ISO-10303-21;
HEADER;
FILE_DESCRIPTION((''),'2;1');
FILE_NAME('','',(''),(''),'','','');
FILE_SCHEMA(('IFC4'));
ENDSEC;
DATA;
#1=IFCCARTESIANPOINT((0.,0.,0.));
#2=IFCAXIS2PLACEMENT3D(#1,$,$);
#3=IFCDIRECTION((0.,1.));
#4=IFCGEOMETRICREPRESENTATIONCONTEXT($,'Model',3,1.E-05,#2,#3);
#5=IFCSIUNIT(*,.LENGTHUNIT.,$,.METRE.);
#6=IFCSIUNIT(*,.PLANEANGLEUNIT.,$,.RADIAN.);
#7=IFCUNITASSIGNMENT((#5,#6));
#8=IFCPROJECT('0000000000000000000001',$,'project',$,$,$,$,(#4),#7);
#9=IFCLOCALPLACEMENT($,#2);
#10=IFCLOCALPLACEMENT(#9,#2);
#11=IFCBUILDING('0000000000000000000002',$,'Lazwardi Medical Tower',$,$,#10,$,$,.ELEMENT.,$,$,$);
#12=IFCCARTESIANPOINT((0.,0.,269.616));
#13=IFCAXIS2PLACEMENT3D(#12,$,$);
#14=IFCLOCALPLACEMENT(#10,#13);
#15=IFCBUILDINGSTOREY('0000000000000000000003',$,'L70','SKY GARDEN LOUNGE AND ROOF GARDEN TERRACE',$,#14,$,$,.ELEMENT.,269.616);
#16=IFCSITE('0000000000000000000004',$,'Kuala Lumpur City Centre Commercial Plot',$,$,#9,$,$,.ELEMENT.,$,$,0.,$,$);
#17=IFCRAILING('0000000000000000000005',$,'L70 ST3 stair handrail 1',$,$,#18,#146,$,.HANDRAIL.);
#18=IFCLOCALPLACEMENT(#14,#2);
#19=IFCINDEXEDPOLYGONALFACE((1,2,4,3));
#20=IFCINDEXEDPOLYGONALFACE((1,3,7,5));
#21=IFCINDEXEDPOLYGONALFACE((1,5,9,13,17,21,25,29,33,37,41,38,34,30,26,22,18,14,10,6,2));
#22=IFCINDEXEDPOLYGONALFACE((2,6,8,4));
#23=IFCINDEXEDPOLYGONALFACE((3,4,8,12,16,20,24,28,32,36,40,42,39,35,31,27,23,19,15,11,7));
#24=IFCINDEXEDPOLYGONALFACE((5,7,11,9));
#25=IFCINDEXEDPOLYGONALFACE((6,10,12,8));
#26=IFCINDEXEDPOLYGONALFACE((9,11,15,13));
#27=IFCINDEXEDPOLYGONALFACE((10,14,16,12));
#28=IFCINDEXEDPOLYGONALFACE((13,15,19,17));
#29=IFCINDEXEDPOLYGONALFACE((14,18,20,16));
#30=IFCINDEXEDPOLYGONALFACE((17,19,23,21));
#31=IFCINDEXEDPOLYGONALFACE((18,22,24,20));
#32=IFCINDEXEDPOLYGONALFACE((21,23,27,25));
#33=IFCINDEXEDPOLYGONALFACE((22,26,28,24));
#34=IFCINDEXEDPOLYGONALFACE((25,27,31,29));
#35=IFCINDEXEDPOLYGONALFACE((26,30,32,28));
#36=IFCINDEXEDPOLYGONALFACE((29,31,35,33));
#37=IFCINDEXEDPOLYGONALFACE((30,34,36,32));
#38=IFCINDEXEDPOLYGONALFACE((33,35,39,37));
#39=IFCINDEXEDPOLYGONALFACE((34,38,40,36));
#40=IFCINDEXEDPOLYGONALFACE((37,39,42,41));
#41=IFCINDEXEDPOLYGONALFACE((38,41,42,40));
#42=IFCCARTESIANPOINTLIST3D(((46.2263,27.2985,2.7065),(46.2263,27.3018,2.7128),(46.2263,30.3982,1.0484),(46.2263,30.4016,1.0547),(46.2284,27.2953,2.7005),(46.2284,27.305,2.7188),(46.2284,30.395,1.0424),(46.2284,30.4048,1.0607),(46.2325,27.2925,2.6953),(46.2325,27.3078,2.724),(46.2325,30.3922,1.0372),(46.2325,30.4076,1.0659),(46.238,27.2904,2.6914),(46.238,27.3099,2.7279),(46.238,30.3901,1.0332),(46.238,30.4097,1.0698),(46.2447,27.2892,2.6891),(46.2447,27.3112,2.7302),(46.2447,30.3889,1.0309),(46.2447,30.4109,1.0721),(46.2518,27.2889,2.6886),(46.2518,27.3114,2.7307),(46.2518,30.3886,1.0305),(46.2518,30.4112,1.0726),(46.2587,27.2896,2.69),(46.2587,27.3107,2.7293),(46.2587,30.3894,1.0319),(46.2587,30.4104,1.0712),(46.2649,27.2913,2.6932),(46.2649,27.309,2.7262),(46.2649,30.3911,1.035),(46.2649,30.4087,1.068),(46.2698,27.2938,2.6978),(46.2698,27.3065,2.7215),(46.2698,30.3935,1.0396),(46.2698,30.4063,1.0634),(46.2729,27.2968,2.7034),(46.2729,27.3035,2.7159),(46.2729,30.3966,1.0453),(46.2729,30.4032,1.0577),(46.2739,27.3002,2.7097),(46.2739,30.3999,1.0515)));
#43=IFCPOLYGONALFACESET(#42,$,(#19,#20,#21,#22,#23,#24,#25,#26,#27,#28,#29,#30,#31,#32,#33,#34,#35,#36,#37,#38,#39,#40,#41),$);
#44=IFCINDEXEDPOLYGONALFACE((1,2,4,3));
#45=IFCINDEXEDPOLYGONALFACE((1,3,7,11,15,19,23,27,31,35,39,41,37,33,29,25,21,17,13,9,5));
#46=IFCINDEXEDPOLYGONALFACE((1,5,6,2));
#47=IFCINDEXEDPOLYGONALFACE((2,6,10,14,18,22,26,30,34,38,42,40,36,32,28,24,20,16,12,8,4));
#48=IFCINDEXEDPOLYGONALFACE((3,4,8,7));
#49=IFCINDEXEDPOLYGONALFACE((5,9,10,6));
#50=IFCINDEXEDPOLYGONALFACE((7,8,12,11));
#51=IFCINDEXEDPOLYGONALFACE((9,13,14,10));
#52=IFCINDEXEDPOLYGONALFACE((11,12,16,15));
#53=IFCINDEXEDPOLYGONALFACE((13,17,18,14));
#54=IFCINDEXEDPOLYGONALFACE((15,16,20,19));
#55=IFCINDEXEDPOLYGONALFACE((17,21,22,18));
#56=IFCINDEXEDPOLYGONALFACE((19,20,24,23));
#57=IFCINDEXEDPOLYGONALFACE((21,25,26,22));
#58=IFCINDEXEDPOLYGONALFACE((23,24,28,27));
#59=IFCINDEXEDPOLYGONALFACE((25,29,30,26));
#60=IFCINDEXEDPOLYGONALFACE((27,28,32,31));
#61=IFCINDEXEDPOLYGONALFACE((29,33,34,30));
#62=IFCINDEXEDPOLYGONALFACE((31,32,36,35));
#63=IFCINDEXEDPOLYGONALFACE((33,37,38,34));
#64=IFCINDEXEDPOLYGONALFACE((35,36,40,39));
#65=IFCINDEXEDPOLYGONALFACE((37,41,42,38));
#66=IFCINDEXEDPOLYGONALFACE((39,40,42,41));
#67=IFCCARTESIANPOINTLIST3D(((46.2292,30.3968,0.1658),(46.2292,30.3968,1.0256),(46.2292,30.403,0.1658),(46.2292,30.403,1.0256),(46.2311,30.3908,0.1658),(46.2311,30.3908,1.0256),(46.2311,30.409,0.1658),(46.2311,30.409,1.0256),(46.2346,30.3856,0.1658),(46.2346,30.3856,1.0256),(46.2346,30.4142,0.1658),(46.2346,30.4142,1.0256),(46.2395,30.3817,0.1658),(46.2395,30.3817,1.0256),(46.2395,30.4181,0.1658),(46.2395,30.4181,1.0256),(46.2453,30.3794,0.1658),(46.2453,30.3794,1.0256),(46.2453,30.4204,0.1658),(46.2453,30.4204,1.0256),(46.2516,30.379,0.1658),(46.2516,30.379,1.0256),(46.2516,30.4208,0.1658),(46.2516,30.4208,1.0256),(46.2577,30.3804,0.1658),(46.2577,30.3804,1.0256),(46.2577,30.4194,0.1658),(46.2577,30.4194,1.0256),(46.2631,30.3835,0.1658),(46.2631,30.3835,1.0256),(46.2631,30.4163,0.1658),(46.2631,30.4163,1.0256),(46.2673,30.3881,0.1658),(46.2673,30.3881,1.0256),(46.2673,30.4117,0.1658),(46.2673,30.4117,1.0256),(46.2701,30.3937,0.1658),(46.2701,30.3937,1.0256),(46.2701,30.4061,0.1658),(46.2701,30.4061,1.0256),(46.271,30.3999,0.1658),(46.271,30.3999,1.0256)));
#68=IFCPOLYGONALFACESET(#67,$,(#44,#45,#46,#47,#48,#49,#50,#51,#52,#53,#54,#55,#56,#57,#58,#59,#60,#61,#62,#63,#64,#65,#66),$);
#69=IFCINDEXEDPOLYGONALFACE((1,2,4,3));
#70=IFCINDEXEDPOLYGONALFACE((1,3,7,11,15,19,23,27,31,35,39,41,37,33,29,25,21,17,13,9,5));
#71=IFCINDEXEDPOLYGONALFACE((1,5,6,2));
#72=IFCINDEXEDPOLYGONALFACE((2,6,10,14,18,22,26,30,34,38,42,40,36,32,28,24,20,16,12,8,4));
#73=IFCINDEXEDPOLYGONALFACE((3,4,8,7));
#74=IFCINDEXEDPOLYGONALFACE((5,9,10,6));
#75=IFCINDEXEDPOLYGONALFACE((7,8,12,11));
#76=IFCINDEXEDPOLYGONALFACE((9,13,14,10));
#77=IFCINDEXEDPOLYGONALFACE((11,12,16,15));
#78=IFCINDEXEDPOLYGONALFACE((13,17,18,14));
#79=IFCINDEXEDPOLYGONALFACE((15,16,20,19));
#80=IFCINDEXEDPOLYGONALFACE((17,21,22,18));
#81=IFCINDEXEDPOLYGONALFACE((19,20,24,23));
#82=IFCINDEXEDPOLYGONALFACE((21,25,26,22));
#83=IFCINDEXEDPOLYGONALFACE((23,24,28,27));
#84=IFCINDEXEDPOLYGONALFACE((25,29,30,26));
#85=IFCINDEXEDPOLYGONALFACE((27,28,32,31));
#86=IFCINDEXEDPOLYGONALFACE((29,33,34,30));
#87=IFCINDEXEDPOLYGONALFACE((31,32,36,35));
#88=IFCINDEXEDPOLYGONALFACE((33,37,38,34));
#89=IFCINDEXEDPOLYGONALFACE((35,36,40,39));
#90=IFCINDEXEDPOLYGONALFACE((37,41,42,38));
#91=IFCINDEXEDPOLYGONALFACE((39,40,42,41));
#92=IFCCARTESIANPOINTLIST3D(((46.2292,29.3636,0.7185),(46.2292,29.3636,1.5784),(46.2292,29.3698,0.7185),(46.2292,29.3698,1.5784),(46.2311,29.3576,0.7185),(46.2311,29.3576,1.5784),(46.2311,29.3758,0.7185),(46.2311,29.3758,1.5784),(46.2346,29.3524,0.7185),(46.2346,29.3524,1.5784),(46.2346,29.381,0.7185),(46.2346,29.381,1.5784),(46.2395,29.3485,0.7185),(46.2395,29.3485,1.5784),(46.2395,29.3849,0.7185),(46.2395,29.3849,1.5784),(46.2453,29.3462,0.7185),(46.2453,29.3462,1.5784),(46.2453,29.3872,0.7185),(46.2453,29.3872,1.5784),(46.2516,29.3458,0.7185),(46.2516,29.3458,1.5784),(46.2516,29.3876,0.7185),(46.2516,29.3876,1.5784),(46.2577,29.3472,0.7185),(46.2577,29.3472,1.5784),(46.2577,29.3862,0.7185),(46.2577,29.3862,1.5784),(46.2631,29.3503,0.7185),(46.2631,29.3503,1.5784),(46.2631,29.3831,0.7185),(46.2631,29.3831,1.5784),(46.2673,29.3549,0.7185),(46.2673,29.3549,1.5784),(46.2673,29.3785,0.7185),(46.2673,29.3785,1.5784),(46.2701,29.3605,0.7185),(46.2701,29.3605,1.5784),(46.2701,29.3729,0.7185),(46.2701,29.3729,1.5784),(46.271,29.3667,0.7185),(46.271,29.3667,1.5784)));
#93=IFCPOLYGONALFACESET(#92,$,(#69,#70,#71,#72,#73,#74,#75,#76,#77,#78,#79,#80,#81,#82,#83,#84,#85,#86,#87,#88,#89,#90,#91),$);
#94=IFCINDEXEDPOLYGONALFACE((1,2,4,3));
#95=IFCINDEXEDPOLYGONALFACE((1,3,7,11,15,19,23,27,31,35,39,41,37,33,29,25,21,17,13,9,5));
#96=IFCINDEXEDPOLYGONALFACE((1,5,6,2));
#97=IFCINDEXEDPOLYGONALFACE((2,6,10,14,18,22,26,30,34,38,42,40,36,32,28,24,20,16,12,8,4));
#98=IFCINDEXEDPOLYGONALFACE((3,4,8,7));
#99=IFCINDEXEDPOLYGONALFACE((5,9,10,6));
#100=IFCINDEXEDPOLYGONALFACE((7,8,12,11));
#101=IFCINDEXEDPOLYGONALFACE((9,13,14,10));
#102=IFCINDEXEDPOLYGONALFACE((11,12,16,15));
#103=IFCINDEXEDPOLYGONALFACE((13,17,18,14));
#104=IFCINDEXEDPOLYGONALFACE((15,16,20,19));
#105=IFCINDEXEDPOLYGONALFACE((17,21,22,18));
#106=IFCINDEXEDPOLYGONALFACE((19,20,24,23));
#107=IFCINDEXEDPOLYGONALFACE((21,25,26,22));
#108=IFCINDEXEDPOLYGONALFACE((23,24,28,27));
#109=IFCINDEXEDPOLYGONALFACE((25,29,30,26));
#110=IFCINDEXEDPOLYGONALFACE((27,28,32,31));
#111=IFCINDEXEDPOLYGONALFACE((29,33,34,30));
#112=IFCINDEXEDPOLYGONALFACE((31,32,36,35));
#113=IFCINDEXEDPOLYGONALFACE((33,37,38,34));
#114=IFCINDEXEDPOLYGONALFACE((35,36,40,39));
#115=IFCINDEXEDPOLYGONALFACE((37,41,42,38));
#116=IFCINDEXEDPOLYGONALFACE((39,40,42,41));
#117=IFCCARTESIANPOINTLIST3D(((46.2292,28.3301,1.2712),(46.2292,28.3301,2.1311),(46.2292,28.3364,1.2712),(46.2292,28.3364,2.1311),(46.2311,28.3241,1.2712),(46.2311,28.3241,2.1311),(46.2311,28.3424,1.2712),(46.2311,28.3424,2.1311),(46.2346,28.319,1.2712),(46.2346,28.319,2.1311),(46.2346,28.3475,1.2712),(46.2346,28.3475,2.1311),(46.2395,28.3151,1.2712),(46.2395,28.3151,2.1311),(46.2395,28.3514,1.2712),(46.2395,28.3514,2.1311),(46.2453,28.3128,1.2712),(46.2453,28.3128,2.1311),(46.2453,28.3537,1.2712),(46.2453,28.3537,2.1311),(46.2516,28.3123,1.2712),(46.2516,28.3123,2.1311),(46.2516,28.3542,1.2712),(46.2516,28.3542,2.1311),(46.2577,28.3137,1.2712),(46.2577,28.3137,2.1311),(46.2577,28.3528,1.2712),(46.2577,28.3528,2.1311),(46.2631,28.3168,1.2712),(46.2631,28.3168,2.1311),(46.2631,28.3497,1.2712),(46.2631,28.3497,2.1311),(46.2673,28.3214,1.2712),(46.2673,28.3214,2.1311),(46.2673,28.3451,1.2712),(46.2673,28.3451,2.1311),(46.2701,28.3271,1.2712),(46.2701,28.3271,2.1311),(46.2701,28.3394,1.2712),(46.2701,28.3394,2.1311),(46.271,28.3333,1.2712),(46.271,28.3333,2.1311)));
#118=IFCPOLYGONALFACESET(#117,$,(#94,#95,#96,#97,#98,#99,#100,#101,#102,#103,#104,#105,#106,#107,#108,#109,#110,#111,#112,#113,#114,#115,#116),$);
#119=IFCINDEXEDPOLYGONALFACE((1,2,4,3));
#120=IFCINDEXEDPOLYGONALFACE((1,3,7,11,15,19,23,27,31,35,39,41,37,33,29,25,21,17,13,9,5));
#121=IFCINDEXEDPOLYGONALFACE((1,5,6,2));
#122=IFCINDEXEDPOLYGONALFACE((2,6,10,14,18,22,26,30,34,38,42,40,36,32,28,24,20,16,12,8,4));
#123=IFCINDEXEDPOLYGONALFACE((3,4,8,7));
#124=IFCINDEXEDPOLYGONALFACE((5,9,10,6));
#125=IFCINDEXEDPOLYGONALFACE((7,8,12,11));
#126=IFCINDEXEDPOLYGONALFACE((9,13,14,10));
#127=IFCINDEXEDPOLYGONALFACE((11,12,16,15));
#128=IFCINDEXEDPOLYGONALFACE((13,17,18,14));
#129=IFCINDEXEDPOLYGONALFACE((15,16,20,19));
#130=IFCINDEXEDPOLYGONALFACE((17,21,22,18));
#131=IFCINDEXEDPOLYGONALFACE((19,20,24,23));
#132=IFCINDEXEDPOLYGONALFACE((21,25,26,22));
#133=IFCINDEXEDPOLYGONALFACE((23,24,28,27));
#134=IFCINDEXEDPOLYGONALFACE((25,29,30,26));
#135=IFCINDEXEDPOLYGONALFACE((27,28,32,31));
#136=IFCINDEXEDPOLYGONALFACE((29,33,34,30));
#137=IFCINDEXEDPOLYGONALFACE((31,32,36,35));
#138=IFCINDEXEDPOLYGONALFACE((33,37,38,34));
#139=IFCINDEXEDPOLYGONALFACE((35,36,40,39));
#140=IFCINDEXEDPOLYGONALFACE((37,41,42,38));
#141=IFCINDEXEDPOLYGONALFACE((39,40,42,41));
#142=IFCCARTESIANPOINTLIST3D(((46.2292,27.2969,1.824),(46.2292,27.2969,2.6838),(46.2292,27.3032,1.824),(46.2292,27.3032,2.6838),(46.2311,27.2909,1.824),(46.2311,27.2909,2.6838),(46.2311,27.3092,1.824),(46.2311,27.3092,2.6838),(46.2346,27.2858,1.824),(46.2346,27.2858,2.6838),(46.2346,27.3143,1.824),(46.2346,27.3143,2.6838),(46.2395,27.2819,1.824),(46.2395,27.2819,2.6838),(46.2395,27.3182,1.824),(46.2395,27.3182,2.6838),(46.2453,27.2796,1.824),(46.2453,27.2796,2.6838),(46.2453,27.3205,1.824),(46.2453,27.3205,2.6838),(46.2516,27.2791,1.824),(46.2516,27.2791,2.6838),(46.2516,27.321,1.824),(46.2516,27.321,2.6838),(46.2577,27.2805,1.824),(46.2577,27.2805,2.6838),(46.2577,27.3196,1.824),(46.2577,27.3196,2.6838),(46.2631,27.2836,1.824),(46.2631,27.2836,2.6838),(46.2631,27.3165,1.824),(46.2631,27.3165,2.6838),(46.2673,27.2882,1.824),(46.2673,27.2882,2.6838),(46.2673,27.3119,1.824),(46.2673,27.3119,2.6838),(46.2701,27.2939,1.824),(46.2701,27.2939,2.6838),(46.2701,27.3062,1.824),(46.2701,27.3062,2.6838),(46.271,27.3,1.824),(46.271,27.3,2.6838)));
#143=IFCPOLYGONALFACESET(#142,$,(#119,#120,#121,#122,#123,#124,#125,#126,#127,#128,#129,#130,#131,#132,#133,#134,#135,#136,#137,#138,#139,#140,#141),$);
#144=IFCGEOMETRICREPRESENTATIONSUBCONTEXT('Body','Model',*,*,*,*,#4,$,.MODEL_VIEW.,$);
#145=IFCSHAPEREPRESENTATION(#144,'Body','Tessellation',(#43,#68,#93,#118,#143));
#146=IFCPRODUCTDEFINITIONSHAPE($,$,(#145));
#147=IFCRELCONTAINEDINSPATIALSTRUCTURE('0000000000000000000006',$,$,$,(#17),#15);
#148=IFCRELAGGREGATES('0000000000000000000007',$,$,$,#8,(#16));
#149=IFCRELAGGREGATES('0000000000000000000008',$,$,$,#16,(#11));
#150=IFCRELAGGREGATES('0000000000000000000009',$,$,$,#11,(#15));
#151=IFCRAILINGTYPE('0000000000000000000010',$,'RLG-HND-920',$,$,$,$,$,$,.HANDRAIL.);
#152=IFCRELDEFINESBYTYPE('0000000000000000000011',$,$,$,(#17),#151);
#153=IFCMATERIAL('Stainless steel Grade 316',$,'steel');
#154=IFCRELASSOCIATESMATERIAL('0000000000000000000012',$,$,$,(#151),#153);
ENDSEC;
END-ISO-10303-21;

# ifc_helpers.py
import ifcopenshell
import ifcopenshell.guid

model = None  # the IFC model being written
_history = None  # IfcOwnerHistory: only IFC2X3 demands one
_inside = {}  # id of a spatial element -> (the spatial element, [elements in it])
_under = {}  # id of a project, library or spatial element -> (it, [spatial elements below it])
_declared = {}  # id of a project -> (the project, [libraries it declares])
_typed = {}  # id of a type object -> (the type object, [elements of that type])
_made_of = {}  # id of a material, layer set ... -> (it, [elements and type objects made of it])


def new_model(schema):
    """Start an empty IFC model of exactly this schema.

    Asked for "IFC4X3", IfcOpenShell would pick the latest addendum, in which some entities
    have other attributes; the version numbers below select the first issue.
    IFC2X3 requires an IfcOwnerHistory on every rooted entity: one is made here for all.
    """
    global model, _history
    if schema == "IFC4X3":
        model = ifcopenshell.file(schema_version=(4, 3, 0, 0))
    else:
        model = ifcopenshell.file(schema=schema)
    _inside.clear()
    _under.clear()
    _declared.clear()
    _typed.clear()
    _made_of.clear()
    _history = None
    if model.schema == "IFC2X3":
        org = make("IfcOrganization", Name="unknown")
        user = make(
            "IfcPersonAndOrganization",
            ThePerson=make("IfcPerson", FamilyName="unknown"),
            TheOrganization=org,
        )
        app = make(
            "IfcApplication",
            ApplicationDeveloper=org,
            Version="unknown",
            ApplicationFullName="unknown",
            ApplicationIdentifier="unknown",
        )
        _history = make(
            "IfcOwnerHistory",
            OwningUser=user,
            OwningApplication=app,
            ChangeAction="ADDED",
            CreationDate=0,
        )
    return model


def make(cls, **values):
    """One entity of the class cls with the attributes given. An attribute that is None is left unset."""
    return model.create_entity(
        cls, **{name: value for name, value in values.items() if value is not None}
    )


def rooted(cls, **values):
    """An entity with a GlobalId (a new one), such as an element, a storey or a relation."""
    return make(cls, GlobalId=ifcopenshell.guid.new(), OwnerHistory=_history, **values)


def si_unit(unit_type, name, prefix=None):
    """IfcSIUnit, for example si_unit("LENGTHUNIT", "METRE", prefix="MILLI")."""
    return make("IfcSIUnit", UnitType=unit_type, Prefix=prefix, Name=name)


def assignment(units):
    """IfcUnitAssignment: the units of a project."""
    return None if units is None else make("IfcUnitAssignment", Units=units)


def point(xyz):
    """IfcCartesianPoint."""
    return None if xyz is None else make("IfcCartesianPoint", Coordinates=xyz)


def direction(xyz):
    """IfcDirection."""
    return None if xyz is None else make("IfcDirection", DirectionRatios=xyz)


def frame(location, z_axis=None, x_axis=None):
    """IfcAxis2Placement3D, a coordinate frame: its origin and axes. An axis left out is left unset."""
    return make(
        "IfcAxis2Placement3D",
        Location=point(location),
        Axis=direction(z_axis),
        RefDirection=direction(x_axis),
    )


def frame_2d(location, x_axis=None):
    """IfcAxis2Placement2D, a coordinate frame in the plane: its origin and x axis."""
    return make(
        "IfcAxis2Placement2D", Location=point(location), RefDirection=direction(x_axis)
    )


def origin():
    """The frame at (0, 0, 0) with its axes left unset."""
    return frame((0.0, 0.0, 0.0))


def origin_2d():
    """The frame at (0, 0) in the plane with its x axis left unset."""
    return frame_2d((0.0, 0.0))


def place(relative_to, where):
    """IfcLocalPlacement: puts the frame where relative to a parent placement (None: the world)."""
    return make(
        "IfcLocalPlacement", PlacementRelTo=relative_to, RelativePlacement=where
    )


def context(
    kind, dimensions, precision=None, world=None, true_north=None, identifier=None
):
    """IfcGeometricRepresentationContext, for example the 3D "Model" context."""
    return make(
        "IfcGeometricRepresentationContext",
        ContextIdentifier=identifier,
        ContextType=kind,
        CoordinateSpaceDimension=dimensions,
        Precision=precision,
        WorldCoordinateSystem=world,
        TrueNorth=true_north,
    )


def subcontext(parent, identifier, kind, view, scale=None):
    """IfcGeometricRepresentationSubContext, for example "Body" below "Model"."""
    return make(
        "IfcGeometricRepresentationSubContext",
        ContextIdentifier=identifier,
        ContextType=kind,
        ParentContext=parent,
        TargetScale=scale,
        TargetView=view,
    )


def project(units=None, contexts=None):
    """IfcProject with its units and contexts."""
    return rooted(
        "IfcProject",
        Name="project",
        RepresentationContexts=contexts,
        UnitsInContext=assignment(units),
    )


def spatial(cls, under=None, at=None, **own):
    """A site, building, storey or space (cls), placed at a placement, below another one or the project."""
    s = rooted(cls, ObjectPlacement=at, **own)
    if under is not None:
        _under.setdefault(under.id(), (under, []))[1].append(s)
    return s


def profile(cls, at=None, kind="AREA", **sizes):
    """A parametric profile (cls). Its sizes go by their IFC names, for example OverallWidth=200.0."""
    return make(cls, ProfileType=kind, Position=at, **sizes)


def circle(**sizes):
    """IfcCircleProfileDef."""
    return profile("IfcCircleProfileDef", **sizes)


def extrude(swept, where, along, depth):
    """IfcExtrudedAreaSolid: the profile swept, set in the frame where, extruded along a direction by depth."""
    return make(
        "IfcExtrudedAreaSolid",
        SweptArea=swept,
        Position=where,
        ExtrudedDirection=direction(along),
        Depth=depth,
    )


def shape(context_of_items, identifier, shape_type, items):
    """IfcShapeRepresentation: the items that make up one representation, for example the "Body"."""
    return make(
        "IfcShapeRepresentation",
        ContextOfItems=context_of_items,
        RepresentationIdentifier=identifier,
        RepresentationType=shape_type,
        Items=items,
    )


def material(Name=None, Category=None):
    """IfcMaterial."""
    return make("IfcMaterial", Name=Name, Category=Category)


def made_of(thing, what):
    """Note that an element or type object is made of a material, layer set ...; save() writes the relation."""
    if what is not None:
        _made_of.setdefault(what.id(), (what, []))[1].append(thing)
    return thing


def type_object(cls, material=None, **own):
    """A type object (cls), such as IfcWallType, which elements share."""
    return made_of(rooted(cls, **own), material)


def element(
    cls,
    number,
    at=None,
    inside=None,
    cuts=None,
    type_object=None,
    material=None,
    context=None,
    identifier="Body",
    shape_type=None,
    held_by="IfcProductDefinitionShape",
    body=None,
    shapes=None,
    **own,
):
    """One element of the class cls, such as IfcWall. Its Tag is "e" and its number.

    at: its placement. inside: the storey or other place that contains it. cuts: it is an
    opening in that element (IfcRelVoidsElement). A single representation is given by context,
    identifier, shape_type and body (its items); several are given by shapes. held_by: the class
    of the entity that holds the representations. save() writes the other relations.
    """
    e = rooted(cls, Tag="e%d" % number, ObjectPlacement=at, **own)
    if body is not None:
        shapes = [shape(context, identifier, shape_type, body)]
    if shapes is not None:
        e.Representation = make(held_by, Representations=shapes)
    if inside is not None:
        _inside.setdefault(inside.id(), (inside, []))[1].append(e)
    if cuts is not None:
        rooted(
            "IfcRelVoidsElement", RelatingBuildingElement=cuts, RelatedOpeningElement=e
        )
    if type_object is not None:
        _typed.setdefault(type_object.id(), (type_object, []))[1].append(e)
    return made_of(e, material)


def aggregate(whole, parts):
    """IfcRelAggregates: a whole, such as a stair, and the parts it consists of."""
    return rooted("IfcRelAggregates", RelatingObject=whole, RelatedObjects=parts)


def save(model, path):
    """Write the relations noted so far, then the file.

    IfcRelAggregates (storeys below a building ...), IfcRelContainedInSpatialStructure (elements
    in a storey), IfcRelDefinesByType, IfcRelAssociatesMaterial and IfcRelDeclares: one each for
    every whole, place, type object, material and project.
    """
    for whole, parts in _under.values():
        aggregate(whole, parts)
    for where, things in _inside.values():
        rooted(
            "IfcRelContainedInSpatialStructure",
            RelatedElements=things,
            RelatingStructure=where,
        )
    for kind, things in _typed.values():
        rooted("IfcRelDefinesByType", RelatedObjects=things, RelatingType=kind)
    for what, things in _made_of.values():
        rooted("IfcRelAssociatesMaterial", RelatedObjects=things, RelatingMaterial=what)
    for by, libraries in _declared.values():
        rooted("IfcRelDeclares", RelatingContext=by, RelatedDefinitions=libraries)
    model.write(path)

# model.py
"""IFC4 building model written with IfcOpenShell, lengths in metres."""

from ifc_helpers import new_model, si_unit, direction, frame, origin, origin_2d, place, context, subcontext, project, spatial, circle, extrude, material, type_object, element, save


model = new_model("IFC4")

# Units and contexts
model_context = context("Model", 3, precision=1e-05, world=origin(), true_north=direction((0.0, 1.0)))
body_context = subcontext(model_context, "Body", "Model", "MODEL_VIEW")
ifc_project = project(units=[si_unit("LENGTHUNIT", "METRE"), si_unit("PLANEANGLEUNIT", "RADIAN")], contexts=[model_context])

# Site, building, storey
site_placement = place(None, origin())
site = spatial("IfcSite", under=ifc_project, at=site_placement, Name="Kuala Lumpur City Centre Commercial Plot", CompositionType="ELEMENT", RefElevation=0.0)
building_placement = place(site_placement, origin())
building = spatial("IfcBuilding", under=site, at=building_placement, Name="Lazwardi Medical Tower", CompositionType="ELEMENT")
storey_placement = place(building_placement, frame((0.0, 0.0, 269.616)))
storey = spatial("IfcBuildingStorey", under=building, at=storey_placement, Name="L70", Description="SKY GARDEN LOUNGE AND ROOF GARDEN TERRACE", CompositionType="ELEMENT", Elevation=269.616)

# Railing
ifc_material_1 = material(Name="Stainless steel Grade 316", Category="steel")
railing_type = type_object("IfcRailingType", Name="RLG-HND-920", PredefinedType="HANDRAIL", material=ifc_material_1)
railing_1_placement = place(storey_placement, frame((46.25, 30.3999, 0.1658)))
element("IfcRailing", 1, at=railing_1_placement, inside=storey, type_object=railing_type, Name="L70 ST3 stair handrail 1", PredefinedType="HANDRAIL", context=body_context, shape_type="SweptSolid", body=[
    extrude(circle(Radius=0.0239, at=origin_2d()), frame((0.0, 0.0, 0.8857), z_axis=(0.0, -0.881768, 0.471684), x_axis=(1.0, 0.0, 0.0)), (0.0, 0.0, 1.0), 3.5154),
    extrude(circle(Radius=0.021, at=origin_2d()), origin(), (0.0, 0.0, 1.0), 0.8599),
    extrude(circle(Radius=0.021, at=origin_2d()), frame((0.0, -1.0332, 0.5527)), (0.0, 0.0, 1.0), 0.8599),
    extrude(circle(Radius=0.021, at=origin_2d()), frame((0.0, -2.0667, 1.1055)), (0.0, 0.0, 1.0), 0.8599),
    extrude(circle(Radius=0.021, at=origin_2d()), frame((0.0, -3.0999, 1.6582)), (0.0, 0.0, 1.0), 0.8599),
])

save(model, "model.ifc")
